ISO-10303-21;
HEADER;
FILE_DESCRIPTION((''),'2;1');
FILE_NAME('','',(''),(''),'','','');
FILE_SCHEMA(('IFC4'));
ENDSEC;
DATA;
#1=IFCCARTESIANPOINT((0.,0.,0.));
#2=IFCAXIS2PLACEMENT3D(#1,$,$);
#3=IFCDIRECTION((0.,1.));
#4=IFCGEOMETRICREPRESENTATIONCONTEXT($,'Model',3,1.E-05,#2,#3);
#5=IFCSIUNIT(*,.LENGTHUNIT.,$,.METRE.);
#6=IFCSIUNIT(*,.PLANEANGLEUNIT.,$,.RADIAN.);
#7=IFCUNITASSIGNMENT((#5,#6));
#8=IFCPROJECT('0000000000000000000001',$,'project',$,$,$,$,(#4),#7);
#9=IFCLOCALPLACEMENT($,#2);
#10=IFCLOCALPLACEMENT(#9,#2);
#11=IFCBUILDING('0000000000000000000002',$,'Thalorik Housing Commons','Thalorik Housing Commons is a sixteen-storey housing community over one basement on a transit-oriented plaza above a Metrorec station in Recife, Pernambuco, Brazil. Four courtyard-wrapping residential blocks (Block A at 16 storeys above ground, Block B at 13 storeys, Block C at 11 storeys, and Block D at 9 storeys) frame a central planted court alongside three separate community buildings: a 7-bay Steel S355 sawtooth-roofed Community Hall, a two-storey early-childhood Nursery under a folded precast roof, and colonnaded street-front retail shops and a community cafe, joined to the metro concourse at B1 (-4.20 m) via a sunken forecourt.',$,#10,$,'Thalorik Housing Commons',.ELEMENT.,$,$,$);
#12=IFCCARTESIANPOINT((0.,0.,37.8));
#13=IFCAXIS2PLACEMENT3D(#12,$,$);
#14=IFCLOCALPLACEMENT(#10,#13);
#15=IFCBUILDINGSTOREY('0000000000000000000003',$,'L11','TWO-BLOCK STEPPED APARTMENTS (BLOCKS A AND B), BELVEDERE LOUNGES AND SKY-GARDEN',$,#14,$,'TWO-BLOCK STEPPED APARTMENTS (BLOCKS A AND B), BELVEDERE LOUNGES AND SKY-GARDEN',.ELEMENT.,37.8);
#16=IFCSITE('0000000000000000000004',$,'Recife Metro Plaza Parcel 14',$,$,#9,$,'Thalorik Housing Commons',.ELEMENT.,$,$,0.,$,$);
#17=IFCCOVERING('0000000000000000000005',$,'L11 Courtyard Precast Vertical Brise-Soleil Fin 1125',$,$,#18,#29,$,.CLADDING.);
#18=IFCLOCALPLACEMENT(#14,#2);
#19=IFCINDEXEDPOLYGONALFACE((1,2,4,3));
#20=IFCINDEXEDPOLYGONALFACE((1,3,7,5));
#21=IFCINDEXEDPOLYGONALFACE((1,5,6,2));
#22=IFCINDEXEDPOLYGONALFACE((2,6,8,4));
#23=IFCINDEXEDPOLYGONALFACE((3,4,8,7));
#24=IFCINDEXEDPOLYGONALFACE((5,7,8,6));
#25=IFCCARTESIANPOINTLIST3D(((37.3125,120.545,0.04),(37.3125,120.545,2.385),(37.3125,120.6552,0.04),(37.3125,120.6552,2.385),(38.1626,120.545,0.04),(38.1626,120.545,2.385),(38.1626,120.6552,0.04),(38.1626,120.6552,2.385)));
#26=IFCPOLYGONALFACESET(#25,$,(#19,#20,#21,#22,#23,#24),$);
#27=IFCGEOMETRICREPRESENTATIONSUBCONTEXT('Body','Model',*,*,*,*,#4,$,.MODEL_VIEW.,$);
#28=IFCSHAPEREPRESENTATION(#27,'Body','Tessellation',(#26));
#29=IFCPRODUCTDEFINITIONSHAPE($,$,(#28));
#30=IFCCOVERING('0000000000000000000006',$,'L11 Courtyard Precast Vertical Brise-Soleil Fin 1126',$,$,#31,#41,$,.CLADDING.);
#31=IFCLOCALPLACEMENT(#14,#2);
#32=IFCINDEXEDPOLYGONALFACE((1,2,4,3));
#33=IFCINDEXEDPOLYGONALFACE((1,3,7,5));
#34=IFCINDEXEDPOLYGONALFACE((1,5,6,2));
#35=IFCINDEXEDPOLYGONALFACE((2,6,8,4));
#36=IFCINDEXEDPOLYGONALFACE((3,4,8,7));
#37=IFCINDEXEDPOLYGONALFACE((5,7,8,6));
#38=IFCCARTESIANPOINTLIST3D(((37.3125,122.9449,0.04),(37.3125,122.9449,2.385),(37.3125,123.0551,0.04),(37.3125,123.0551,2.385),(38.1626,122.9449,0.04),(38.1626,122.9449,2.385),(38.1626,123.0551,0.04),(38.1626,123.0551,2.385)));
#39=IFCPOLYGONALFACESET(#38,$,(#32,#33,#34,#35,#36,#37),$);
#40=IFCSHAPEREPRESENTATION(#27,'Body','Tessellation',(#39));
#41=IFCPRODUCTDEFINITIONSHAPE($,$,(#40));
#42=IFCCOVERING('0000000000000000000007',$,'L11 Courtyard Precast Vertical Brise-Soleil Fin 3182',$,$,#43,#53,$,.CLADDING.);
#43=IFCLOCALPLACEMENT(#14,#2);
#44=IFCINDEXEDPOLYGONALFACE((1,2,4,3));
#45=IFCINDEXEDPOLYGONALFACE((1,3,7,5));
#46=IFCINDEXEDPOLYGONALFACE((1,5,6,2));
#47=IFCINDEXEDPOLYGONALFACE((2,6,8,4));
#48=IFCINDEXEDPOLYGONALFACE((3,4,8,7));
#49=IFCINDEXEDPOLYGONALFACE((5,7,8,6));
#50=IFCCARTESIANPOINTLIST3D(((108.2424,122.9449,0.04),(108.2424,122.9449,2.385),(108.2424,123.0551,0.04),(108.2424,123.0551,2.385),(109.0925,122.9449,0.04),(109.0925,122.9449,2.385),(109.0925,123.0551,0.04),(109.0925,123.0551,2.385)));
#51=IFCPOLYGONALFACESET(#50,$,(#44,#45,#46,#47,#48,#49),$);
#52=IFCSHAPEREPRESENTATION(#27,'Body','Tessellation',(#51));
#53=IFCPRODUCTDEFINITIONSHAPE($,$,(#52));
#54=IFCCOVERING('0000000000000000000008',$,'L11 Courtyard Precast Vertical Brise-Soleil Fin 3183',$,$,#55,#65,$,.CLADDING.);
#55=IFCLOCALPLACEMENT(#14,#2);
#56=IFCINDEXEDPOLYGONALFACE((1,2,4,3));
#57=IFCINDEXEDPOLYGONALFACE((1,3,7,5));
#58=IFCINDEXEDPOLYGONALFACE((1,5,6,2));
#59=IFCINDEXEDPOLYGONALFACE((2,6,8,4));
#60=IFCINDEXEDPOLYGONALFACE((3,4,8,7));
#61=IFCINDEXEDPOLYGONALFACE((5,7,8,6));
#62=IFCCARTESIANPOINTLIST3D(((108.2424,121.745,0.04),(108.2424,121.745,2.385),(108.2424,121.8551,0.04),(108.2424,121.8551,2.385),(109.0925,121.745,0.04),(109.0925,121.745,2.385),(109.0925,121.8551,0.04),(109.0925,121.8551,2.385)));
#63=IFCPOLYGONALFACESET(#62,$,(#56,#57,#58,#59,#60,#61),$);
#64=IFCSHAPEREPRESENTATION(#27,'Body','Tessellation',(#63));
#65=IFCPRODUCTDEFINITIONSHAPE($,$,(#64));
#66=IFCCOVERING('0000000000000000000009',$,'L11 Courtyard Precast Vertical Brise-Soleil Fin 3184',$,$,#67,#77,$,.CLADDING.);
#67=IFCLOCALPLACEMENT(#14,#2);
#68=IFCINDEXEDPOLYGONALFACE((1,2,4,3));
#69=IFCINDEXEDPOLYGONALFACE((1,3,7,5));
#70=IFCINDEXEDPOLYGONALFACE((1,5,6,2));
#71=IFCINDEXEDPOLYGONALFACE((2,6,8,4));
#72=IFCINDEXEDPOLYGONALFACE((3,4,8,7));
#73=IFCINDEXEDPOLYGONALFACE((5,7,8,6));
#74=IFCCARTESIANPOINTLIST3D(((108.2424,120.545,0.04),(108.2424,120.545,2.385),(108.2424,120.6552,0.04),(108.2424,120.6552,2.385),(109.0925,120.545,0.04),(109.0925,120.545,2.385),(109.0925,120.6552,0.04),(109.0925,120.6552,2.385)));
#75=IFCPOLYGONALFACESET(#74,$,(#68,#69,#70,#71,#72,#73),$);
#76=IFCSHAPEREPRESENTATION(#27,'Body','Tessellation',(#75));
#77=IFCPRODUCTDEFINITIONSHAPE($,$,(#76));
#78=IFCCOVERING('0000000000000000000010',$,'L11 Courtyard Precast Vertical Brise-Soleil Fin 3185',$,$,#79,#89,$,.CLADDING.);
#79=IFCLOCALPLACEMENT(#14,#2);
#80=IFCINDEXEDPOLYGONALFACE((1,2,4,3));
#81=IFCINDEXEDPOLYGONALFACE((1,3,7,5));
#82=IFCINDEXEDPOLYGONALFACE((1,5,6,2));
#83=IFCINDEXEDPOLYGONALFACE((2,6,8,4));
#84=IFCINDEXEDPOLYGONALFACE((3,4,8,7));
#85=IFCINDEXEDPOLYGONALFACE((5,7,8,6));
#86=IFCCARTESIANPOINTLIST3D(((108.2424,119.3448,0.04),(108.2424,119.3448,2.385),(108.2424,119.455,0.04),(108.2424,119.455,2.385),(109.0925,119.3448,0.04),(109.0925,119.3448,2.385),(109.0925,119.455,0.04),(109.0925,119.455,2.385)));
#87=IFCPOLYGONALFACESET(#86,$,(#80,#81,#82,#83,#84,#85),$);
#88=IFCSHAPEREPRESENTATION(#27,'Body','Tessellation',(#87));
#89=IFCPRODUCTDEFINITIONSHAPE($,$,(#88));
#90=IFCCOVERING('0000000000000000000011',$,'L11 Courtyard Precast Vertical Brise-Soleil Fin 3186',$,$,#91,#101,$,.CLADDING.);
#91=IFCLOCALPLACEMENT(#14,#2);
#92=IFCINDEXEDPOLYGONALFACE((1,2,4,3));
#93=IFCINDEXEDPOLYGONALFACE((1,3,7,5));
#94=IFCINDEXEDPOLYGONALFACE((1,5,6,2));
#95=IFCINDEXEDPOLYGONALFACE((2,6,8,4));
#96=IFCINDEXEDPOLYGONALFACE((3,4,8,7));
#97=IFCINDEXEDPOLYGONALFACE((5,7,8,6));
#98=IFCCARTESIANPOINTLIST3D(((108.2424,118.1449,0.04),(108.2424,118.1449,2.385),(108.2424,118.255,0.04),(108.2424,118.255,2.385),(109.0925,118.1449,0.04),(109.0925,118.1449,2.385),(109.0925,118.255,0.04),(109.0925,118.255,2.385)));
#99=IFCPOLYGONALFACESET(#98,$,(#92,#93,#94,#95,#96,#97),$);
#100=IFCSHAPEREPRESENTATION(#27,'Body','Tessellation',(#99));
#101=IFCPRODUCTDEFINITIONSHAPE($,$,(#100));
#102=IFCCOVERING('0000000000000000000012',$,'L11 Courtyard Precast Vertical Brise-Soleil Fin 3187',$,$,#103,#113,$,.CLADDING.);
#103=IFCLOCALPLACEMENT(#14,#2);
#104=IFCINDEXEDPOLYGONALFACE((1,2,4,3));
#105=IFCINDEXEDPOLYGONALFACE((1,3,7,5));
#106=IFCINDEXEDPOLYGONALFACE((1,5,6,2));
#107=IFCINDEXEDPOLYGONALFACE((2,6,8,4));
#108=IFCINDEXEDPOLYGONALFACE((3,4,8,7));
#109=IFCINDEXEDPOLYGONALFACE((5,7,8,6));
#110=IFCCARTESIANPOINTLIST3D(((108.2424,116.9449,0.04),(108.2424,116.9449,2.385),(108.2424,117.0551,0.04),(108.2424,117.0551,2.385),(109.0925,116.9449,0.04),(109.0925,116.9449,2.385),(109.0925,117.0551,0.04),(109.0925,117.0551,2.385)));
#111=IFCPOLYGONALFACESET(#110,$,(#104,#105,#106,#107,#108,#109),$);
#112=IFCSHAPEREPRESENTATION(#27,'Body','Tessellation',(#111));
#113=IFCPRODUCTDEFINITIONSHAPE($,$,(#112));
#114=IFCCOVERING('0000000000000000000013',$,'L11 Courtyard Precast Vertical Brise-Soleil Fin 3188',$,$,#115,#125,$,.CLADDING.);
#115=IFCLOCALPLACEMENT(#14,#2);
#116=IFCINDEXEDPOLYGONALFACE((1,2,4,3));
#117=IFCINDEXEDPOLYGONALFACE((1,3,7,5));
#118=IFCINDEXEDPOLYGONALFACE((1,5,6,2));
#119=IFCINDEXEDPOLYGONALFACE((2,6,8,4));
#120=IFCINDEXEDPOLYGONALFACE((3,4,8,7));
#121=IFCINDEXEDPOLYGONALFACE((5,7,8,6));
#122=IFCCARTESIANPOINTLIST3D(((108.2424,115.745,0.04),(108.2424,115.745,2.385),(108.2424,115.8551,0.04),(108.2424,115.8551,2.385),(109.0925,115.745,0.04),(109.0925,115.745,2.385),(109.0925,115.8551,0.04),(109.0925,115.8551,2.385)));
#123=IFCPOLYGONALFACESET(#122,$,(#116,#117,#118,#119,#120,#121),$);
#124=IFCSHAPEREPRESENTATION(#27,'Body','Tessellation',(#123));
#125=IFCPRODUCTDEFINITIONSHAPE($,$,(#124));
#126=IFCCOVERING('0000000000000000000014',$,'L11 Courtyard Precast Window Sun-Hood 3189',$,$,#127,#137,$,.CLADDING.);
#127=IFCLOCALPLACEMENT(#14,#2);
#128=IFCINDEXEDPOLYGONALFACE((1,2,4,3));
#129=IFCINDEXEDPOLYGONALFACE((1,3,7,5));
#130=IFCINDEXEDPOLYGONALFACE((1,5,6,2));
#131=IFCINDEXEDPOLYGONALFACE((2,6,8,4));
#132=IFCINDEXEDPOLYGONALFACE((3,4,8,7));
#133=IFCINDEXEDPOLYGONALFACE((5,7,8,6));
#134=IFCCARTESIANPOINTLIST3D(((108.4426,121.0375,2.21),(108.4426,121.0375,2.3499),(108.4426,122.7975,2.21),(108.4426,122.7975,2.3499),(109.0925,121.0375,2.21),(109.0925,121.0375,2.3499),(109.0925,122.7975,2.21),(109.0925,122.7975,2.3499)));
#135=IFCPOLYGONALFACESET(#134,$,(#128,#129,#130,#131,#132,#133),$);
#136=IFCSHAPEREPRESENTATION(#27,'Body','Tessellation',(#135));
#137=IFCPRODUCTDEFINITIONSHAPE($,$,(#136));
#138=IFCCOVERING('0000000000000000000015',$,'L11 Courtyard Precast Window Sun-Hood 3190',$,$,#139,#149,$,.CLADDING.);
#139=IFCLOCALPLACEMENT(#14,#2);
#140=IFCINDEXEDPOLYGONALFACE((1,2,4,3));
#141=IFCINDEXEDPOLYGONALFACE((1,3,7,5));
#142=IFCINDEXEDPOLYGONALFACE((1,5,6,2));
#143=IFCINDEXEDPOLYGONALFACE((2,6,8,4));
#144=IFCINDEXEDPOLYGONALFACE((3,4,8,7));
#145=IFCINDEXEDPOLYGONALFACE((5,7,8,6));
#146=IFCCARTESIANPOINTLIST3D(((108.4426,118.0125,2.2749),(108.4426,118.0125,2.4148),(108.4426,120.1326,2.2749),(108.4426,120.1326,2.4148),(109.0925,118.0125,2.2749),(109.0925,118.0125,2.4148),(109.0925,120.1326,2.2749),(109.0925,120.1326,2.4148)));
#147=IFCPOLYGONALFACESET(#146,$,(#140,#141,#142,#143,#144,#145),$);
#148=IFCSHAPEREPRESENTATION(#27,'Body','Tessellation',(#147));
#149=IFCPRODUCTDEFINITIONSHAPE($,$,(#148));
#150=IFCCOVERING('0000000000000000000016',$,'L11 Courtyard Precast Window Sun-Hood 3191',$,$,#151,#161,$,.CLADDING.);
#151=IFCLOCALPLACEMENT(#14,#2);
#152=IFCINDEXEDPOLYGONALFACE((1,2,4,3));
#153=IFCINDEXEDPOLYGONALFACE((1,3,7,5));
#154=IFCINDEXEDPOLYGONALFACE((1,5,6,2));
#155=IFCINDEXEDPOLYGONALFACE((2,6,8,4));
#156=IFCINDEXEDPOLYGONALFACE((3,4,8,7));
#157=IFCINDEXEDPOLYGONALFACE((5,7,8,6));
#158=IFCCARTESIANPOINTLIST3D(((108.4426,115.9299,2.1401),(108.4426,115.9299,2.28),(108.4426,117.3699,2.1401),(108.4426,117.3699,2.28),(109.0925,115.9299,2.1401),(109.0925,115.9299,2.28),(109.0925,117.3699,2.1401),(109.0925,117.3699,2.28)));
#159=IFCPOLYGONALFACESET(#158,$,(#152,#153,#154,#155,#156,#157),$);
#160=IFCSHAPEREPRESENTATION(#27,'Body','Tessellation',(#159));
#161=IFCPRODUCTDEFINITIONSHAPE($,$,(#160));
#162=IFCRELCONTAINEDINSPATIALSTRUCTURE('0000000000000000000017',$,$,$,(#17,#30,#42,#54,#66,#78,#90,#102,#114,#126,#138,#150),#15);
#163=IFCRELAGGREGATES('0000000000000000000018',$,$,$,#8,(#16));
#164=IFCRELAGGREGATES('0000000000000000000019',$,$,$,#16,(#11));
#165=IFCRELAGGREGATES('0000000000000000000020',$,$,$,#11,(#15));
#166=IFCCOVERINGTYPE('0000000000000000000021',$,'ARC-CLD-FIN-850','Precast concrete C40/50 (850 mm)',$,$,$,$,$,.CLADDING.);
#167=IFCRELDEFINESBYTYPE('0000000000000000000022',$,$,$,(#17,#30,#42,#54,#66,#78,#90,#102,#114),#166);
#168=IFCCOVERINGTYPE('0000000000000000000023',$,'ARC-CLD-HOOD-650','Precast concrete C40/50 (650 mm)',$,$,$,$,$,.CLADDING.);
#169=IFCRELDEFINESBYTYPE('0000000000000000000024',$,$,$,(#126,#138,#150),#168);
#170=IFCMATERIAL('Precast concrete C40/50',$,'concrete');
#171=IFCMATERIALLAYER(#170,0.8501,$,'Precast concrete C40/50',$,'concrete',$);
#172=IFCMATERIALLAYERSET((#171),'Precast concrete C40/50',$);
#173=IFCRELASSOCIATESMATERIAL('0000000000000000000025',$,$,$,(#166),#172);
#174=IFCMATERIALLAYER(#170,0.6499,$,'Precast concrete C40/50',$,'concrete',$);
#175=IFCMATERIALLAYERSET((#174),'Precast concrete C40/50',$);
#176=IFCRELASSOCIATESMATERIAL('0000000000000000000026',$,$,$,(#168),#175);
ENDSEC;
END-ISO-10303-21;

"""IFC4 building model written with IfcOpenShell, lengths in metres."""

from ifc_helpers import new_model, si_unit, direction, frame, origin, origin_2d, place, context, subcontext, project, spatial, rectangle, extrude, material, layer, layer_set, type_object, element, save


model = new_model("IFC4")

# Units and contexts
model_context = context("Model", 3, precision=1e-05, world=origin(), true_north=direction((0.0, 1.0)))
body_context = subcontext(model_context, "Body", "Model", "MODEL_VIEW")
ifc_project = project(units=[si_unit("LENGTHUNIT", "METRE"), si_unit("PLANEANGLEUNIT", "RADIAN")], contexts=[model_context])

# Site, building, storey
site_placement = place(None, origin())
site = spatial("IfcSite", under=ifc_project, at=site_placement, Name="Recife Metro Plaza Parcel 14", LongName="Thalorik Housing Commons", CompositionType="ELEMENT", RefElevation=0.0)
building_placement = place(site_placement, origin())
building = spatial("IfcBuilding", under=site, at=building_placement, Name="Thalorik Housing Commons", Description="Thalorik Housing Commons is a sixteen-storey housing community over one basement on a transit-oriented plaza above a Metrorec station in Recife, Pernambuco, Brazil. Four courtyard-wrapping residential blocks (Block A at 16 storeys above ground, Block B at 13 storeys, Block C at 11 storeys, and Block D at 9 storeys) frame a central planted court alongside three separate community buildings: a 7-bay Steel S355 sawtooth-roofed Community Hall, a two-storey early-childhood Nursery under a folded precast roof, and colonnaded street-front retail shops and a community cafe, joined to the metro concourse at B1 (-4.20 m) via a sunken forecourt.", LongName="Thalorik Housing Commons", CompositionType="ELEMENT")
storey_placement = place(building_placement, frame((0.0, 0.0, 37.8)))
storey = spatial("IfcBuildingStorey", under=building, at=storey_placement, Name="L11", Description="TWO-BLOCK STEPPED APARTMENTS (BLOCKS A AND B), BELVEDERE LOUNGES AND SKY-GARDEN", LongName="TWO-BLOCK STEPPED APARTMENTS (BLOCKS A AND B), BELVEDERE LOUNGES AND SKY-GARDEN", CompositionType="ELEMENT", Elevation=37.8)

# Shared definitions
ifc_material_1 = material(Name="Precast concrete C40/50", Category="concrete")

# Coverings
ifc_layer_1 = layer(ifc_material_1, 0.8501, Name="Precast concrete C40/50", Category="concrete")
ifc_layer_set_1 = layer_set([ifc_layer_1], Name="Precast concrete C40/50")
covering_type_1 = type_object("IfcCoveringType", Name="ARC-CLD-FIN-850", Description="Precast concrete C40/50 (850 mm)", PredefinedType="CLADDING", material=ifc_layer_set_1)
for number, where, z_axis, x_axis, name in (
    (1, (37.7375, 120.6001, 0.04), (0.0, 0.0, 1.0), (0.0, 1.0, 0.0), "L11 Courtyard Precast Vertical Brise-Soleil Fin 1125"),
    (2, (37.7375, 123.0, 0.04), (0.0, 0.0, 1.0), (0.0, 1.0, 0.0), "L11 Courtyard Precast Vertical Brise-Soleil Fin 1126"),
    (3, (108.6675, 123.0, 0.04), (0.0, 0.0, 1.0), (0.0, -1.0, 0.0), "L11 Courtyard Precast Vertical Brise-Soleil Fin 3182"),
    (4, (108.6675, 121.8, 0.04), (0.0, 0.0, 1.0), (0.0, -1.0, 0.0), "L11 Courtyard Precast Vertical Brise-Soleil Fin 3183"),
    (5, (108.6675, 120.6001, 0.04), (0.0, 0.0, 1.0), (0.0, -1.0, 0.0), "L11 Courtyard Precast Vertical Brise-Soleil Fin 3184"),
    (6, (108.6675, 119.3999, 0.04), (0.0, 0.0, 1.0), (0.0, -1.0, 0.0), "L11 Courtyard Precast Vertical Brise-Soleil Fin 3185"),
    (7, (108.6675, 118.2, 0.04), (0.0, 0.0, 1.0), (0.0, -1.0, 0.0), "L11 Courtyard Precast Vertical Brise-Soleil Fin 3186"),
    (8, (108.6675, 117.0, 0.04), (0.0, 0.0, 1.0), (0.0, -1.0, 0.0), "L11 Courtyard Precast Vertical Brise-Soleil Fin 3187"),
    (9, (108.6675, 115.8, 0.04), (0.0, 0.0, 1.0), (0.0, -1.0, 0.0), "L11 Courtyard Precast Vertical Brise-Soleil Fin 3188"),
):
    element("IfcCovering", number, at=place(storey_placement, frame(where, z_axis=z_axis, x_axis=x_axis)), inside=storey, type_object=covering_type_1, Name=name, PredefinedType="CLADDING", context=body_context, shape_type="SweptSolid", body=[
        extrude(rectangle(XDim=0.1101, YDim=0.8501, at=origin_2d()), origin(), (0.0, 0.0, 1.0), 2.345),
    ])
ifc_layer_2 = layer(ifc_material_1, 0.6499, Name="Precast concrete C40/50", Category="concrete")
ifc_layer_set_2 = layer_set([ifc_layer_2], Name="Precast concrete C40/50")
covering_type_2 = type_object("IfcCoveringType", Name="ARC-CLD-HOOD-650", Description="Precast concrete C40/50 (650 mm)", PredefinedType="CLADDING", material=ifc_layer_set_2)
covering_1_placement = place(storey_placement, frame((108.7676, 121.9175, 2.21), z_axis=(0.0, 0.0, 1.0), x_axis=(0.0, -1.0, 0.0)))
element("IfcCovering", 10, at=covering_1_placement, inside=storey, type_object=covering_type_2, Name="L11 Courtyard Precast Window Sun-Hood 3189", PredefinedType="CLADDING", context=body_context, shape_type="SweptSolid", body=[
    extrude(rectangle(XDim=1.76, YDim=0.6499, at=origin_2d()), origin(), (0.0, 0.0, 1.0), 0.1399),
])
covering_2_placement = place(storey_placement, frame((108.7676, 119.0725, 2.2749), z_axis=(0.0, 0.0, 1.0), x_axis=(0.0, -1.0, 0.0)))
element("IfcCovering", 11, at=covering_2_placement, inside=storey, type_object=covering_type_2, Name="L11 Courtyard Precast Window Sun-Hood 3190", PredefinedType="CLADDING", context=body_context, shape_type="SweptSolid", body=[
    extrude(rectangle(XDim=2.1201, YDim=0.6499, at=origin_2d()), origin(), (0.0, 0.0, 1.0), 0.1399),
])
covering_3_placement = place(storey_placement, frame((108.7676, 116.6499, 2.1401), z_axis=(0.0, 0.0, 1.0), x_axis=(0.0, -1.0, 0.0)))
element("IfcCovering", 12, at=covering_3_placement, inside=storey, type_object=covering_type_2, Name="L11 Courtyard Precast Window Sun-Hood 3191", PredefinedType="CLADDING", context=body_context, shape_type="SweptSolid", body=[
    extrude(rectangle(XDim=1.4399, YDim=0.6499, at=origin_2d()), origin(), (0.0, 0.0, 1.0), 0.1399),
])

save(model, "model.ifc")
